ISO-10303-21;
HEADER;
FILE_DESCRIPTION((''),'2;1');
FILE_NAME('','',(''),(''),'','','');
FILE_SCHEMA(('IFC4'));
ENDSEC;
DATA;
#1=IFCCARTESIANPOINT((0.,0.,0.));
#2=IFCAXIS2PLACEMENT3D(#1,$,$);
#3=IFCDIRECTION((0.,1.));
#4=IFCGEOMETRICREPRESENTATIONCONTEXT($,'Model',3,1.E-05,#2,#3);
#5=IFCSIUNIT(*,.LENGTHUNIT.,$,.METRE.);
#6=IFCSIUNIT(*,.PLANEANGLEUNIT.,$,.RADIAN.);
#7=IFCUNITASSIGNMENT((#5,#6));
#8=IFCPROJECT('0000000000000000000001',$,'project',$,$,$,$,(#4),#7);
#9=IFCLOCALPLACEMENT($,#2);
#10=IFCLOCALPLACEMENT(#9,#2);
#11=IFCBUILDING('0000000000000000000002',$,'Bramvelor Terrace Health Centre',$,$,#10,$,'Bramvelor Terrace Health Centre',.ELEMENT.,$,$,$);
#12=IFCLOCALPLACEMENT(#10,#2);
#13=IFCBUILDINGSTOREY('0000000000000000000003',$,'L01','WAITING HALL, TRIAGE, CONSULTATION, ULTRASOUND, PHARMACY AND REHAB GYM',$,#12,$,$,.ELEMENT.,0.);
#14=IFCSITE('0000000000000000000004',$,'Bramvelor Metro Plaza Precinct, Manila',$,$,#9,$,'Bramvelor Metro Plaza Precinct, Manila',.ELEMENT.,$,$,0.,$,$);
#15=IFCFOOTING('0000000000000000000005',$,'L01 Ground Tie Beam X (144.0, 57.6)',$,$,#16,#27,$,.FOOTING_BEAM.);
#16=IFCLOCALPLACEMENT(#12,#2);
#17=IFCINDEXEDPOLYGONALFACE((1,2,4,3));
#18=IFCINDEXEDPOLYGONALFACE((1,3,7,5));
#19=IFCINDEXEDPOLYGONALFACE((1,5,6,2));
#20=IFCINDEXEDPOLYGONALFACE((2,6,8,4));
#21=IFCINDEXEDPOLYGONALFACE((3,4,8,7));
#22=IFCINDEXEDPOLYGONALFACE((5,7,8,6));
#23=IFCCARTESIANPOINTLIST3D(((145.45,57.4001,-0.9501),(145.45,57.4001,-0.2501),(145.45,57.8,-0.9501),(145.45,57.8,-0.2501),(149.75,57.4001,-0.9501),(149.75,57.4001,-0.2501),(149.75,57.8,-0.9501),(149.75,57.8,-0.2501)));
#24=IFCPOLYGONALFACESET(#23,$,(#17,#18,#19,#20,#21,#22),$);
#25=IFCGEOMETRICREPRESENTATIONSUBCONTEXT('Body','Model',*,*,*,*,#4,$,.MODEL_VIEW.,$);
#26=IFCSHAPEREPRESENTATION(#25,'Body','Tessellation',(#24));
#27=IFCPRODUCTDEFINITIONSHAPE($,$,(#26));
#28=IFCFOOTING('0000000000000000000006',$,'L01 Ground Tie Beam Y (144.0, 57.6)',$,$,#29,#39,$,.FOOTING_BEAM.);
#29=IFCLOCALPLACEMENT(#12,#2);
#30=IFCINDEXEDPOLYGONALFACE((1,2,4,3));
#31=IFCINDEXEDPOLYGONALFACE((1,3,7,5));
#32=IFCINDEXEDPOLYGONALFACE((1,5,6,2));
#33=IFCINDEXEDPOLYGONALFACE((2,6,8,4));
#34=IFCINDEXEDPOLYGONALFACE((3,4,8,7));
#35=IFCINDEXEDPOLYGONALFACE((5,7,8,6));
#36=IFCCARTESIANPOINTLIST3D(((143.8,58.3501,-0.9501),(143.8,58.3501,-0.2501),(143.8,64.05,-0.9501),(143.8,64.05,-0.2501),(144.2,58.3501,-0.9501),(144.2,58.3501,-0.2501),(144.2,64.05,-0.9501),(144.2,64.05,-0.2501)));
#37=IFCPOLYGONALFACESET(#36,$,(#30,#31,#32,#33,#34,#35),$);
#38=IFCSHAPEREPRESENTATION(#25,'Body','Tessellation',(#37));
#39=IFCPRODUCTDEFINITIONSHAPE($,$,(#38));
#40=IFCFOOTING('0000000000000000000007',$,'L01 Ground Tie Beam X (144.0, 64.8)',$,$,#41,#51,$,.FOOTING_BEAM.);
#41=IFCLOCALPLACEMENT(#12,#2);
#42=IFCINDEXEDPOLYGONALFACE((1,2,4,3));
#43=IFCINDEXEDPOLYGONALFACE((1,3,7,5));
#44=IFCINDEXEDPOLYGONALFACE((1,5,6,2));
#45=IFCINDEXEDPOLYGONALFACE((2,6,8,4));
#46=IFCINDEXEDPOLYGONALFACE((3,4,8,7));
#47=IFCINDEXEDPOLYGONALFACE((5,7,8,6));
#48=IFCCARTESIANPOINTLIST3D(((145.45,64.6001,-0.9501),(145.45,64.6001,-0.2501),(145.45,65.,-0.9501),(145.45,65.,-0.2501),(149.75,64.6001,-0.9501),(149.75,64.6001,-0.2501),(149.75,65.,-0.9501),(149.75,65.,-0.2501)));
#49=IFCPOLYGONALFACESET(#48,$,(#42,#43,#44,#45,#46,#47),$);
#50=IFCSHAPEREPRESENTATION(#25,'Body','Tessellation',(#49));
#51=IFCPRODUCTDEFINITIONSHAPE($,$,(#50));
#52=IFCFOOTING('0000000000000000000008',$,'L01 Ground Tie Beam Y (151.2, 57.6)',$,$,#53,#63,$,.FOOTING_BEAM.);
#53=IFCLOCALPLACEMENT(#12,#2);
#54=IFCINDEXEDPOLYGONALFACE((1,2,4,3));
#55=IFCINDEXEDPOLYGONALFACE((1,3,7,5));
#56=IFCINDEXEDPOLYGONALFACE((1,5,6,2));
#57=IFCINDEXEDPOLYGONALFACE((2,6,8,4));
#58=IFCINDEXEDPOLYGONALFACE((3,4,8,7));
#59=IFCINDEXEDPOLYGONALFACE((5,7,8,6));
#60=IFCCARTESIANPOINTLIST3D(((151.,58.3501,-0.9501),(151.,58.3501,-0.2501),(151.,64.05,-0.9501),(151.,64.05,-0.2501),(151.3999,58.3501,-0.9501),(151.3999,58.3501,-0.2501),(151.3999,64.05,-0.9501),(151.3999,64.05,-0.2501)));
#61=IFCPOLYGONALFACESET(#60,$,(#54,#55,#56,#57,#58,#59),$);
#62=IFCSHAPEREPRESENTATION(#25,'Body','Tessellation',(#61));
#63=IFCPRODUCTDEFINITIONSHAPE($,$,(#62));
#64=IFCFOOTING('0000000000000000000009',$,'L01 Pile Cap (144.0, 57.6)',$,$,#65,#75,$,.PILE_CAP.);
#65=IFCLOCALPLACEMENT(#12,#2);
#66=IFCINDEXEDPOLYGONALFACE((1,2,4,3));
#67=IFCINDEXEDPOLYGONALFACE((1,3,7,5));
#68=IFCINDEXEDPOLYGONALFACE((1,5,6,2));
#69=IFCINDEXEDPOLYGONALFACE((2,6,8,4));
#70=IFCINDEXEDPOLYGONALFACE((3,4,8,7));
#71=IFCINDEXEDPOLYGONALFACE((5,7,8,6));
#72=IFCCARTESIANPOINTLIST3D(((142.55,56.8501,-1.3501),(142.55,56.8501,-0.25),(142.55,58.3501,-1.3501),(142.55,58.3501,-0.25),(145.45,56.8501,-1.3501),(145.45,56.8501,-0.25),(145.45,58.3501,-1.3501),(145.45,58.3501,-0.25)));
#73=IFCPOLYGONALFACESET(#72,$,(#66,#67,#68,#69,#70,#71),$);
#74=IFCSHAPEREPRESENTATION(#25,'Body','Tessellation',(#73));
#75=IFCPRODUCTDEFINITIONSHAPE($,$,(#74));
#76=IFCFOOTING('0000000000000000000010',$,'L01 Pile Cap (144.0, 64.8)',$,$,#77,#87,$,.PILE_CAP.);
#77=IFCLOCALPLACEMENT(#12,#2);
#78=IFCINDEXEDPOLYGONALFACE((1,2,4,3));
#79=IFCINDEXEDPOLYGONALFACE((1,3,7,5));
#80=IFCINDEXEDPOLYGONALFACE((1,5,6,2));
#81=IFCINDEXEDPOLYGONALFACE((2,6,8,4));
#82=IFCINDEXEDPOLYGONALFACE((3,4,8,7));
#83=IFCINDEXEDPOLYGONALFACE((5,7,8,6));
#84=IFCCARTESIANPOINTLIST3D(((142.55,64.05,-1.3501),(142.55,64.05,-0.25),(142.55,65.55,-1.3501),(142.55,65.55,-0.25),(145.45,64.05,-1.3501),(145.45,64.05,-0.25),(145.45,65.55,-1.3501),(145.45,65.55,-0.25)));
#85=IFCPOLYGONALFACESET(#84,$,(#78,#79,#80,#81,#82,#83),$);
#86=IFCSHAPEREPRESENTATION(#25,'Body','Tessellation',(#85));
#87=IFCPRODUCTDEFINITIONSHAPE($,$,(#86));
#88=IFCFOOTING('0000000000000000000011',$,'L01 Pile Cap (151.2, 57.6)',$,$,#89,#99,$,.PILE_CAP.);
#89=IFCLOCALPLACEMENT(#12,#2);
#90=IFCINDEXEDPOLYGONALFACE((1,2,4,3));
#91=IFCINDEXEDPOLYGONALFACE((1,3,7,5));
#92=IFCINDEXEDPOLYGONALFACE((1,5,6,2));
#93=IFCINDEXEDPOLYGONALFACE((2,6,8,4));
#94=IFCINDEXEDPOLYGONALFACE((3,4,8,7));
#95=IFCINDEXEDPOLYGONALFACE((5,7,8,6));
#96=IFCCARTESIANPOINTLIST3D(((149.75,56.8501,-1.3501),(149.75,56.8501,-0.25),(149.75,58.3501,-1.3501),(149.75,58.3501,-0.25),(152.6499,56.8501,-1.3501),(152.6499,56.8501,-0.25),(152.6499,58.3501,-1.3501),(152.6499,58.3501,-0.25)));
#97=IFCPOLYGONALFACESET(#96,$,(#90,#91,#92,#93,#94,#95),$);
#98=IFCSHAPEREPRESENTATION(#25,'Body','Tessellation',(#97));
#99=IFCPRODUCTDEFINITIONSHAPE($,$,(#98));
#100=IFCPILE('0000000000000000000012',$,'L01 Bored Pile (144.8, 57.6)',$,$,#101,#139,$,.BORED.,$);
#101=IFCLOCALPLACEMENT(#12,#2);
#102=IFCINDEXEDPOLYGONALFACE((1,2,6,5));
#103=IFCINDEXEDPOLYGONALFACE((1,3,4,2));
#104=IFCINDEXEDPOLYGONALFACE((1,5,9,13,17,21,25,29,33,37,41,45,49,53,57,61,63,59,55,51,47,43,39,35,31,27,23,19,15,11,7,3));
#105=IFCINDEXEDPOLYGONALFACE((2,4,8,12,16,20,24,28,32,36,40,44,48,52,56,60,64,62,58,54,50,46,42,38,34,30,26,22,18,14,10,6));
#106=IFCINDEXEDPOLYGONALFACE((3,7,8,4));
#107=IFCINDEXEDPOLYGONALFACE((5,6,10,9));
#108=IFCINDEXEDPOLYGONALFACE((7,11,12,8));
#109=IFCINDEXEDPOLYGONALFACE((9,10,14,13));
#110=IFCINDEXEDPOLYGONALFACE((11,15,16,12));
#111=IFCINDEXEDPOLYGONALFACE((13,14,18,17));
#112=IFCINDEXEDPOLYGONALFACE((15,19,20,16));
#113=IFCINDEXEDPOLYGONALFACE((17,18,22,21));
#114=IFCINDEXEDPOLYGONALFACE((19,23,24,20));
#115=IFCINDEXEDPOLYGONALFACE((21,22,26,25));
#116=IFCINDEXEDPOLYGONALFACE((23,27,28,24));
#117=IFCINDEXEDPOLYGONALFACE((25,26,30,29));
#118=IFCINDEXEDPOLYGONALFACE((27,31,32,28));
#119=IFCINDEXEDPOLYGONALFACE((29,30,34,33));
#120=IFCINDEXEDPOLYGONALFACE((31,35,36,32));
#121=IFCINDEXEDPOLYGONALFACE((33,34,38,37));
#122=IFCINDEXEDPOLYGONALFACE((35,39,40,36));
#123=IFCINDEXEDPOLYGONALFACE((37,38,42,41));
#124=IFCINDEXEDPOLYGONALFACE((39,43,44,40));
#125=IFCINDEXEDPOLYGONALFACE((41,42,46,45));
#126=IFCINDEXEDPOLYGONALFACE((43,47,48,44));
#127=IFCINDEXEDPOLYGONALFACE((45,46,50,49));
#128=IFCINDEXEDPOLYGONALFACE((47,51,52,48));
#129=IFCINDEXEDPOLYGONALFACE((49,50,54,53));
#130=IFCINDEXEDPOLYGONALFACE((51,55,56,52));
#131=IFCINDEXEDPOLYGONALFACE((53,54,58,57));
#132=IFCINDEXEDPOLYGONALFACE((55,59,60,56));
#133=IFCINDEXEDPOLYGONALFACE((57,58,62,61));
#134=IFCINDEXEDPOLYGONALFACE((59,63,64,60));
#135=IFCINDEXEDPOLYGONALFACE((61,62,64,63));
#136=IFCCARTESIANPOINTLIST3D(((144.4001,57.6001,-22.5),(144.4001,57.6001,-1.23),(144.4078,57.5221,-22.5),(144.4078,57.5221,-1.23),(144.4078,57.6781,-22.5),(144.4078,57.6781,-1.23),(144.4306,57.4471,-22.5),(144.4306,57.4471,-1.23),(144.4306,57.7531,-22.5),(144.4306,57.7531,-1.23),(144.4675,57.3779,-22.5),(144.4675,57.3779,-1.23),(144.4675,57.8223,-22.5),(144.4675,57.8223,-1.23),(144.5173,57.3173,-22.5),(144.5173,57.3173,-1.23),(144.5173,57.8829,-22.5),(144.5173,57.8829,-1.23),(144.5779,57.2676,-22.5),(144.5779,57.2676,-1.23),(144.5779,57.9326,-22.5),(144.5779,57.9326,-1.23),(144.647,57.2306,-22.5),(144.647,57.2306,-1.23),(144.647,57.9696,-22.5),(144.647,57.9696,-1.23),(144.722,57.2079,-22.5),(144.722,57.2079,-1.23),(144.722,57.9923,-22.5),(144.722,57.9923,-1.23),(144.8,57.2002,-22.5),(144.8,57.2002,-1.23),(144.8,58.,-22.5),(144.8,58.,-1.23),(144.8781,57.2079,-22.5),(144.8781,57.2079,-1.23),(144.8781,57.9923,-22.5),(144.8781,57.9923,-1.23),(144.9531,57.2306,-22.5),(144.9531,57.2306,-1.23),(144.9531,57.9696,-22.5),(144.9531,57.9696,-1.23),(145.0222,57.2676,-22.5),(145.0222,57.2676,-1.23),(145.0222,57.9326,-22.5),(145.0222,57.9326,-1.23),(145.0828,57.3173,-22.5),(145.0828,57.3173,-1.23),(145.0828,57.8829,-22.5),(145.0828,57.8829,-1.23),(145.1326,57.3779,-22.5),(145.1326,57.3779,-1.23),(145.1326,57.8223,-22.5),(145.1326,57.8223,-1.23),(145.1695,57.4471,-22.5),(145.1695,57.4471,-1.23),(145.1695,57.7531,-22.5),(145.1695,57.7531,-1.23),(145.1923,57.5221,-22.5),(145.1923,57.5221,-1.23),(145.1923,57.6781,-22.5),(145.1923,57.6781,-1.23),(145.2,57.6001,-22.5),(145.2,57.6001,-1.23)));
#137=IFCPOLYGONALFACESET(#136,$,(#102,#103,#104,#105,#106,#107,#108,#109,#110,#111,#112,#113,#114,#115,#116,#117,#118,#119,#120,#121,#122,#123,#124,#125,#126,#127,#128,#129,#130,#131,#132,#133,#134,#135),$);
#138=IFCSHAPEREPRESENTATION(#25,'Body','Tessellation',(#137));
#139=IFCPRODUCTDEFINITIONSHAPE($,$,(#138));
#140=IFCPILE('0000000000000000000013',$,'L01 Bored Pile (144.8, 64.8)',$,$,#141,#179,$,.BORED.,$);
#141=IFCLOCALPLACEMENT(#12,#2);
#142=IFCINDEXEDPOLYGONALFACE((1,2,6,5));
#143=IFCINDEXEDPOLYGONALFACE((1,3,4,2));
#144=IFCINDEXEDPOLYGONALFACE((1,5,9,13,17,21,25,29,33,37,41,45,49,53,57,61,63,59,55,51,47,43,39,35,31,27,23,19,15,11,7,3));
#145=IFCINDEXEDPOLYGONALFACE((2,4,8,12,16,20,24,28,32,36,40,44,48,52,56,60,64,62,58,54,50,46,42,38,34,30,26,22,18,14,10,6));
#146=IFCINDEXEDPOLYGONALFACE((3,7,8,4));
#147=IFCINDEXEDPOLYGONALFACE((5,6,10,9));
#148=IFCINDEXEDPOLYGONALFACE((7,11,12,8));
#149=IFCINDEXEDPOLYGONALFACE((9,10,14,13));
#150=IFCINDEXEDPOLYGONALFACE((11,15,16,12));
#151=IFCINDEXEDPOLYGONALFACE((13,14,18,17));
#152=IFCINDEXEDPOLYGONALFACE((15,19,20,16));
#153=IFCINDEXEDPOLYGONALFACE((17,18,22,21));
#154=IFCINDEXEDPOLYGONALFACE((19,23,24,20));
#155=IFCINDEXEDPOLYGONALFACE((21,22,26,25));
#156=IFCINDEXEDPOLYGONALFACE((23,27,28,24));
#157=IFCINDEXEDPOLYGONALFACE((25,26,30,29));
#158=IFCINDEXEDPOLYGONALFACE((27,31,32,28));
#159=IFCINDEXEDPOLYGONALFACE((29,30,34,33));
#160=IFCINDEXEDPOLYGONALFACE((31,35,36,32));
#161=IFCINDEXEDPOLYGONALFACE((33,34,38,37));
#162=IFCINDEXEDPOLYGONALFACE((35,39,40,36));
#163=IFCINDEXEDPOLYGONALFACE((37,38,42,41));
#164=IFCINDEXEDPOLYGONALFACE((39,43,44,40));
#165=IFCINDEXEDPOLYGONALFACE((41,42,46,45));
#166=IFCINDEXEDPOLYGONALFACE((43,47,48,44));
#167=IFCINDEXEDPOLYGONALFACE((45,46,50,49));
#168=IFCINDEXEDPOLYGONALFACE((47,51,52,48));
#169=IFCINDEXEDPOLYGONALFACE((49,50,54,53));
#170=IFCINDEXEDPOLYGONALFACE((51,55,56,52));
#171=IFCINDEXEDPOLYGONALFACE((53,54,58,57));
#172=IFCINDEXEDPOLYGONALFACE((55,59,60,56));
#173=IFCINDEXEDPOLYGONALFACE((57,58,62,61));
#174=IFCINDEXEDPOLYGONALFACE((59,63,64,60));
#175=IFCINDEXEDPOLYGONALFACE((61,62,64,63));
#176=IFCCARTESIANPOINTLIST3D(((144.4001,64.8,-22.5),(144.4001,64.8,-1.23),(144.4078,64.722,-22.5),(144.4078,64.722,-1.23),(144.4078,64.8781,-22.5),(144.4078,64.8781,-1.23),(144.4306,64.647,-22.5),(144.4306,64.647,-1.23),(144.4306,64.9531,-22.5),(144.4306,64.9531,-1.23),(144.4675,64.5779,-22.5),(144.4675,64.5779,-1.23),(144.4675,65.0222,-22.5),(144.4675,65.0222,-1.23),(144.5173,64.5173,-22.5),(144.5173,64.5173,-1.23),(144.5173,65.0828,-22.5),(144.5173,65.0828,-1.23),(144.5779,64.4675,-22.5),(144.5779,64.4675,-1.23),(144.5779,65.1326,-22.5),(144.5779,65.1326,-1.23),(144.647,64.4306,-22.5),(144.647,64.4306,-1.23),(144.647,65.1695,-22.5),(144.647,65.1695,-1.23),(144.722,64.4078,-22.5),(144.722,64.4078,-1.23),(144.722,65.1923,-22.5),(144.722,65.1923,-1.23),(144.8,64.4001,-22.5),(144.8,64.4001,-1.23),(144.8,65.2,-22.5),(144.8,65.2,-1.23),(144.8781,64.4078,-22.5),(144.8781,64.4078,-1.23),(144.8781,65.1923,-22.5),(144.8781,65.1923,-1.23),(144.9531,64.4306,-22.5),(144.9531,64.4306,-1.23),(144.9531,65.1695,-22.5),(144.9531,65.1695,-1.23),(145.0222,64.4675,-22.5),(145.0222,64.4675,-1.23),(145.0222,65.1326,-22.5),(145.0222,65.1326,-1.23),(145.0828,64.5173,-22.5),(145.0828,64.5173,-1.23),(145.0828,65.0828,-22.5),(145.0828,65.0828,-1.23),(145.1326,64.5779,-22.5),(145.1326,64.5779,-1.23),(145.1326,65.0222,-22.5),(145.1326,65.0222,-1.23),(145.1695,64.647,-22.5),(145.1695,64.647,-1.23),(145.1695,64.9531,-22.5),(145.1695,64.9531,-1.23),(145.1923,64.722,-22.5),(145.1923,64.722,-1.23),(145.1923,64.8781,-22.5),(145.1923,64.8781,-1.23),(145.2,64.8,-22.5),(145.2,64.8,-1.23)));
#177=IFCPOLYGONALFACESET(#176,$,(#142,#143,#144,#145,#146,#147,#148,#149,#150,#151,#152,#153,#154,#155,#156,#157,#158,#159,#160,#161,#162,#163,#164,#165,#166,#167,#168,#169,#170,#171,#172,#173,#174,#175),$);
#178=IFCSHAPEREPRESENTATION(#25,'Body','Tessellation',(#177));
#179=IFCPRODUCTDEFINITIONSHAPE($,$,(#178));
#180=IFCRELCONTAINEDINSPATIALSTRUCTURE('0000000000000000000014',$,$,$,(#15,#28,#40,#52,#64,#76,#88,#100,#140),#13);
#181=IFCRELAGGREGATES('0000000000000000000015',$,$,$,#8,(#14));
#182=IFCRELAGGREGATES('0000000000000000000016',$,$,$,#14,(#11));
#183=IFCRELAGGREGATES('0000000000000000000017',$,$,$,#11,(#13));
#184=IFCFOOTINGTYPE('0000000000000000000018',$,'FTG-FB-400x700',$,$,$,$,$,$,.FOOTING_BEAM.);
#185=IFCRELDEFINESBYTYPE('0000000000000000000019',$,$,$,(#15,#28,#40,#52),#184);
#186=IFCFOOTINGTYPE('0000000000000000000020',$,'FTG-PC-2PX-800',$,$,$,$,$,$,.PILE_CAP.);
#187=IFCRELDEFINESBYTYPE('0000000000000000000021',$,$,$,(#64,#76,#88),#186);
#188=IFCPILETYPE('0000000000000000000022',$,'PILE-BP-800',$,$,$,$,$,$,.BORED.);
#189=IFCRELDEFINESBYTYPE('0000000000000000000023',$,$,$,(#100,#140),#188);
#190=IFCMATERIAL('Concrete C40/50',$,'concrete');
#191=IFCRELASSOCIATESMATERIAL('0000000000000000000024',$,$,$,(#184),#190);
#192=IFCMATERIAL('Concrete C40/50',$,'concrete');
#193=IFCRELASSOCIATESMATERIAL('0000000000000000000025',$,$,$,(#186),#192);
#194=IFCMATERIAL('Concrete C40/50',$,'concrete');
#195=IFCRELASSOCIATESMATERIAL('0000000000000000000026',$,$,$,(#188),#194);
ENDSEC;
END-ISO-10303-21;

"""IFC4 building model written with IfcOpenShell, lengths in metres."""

from ifc_helpers import new_model, si_unit, direction, frame, origin, origin_2d, place, context, subcontext, project, spatial, rectangle, circle, extrude, material, material_profile, profile_set, type_object, element, save


model = new_model("IFC4")

# Units and contexts
model_context = context("Model", 3, precision=1e-05, world=origin(), true_north=direction((0.0, 1.0)))
body_context = subcontext(model_context, "Body", "Model", "MODEL_VIEW")
ifc_project = project(units=[si_unit("LENGTHUNIT", "METRE"), si_unit("PLANEANGLEUNIT", "RADIAN")], contexts=[model_context])

# Site, building, storey
site_placement = place(None, origin())
site = spatial("IfcSite", under=ifc_project, at=site_placement, Name="Bramvelor Metro Plaza Precinct, Manila", LongName="Bramvelor Metro Plaza Precinct, Manila", CompositionType="ELEMENT", RefElevation=0.0)
building_placement = place(site_placement, origin())
building = spatial("IfcBuilding", under=site, at=building_placement, Name="Bramvelor Terrace Health Centre", LongName="Bramvelor Terrace Health Centre", CompositionType="ELEMENT")
storey_placement = place(building_placement, origin())
storey = spatial("IfcBuildingStorey", under=building, at=storey_placement, Name="L01", Description="WAITING HALL, TRIAGE, CONSULTATION, ULTRASOUND, PHARMACY AND REHAB GYM", CompositionType="ELEMENT", Elevation=0.0)

# Footings
ifc_material_1 = material(Name="Concrete C40/50", Category="concrete")
ifc_material_profile_1 = material_profile(ifc_material_1, rectangle(XDim=0.3999, YDim=0.7, at=origin_2d()), Name="RC 400x700")
ifc_profile_set_1 = profile_set([ifc_material_profile_1], Name="Concrete C40/50")
footing_type_1 = type_object("IfcFootingType", Name="FTG-FB-400x700", PredefinedType="FOOTING_BEAM", material=ifc_profile_set_1)
footing_1_placement = place(storey_placement, frame((145.45, 57.6001, -0.6001), z_axis=(1.0, 0.0, 0.0), x_axis=(0.0, 1.0, 0.0)))
element("IfcFooting", 1, at=footing_1_placement, inside=storey, type_object=footing_type_1, Name="L01 Ground Tie Beam X (144.0, 57.6)", PredefinedType="FOOTING_BEAM", context=body_context, shape_type="SweptSolid", body=[
    extrude(rectangle(XDim=0.3999, YDim=0.7, at=origin_2d()), origin(), (0.0, 0.0, 1.0), 4.3),
])
footing_2_placement = place(storey_placement, frame((144.0, 58.3501, -0.6001), z_axis=(0.0, 1.0, 0.0), x_axis=(-1.0, 0.0, 0.0)))
element("IfcFooting", 2, at=footing_2_placement, inside=storey, type_object=footing_type_1, Name="L01 Ground Tie Beam Y (144.0, 57.6)", PredefinedType="FOOTING_BEAM", context=body_context, shape_type="SweptSolid", body=[
    extrude(rectangle(XDim=0.3999, YDim=0.7, at=origin_2d()), origin(), (0.0, 0.0, 1.0), 5.7),
])
footing_3_placement = place(storey_placement, frame((145.45, 64.8, -0.6001), z_axis=(1.0, 0.0, 0.0), x_axis=(0.0, 1.0, 0.0)))
element("IfcFooting", 3, at=footing_3_placement, inside=storey, type_object=footing_type_1, Name="L01 Ground Tie Beam X (144.0, 64.8)", PredefinedType="FOOTING_BEAM", context=body_context, shape_type="SweptSolid", body=[
    extrude(rectangle(XDim=0.3999, YDim=0.7, at=origin_2d()), origin(), (0.0, 0.0, 1.0), 4.3),
])
footing_4_placement = place(storey_placement, frame((151.2, 58.3501, -0.6001), z_axis=(0.0, 1.0, 0.0), x_axis=(-1.0, 0.0, 0.0)))
element("IfcFooting", 4, at=footing_4_placement, inside=storey, type_object=footing_type_1, Name="L01 Ground Tie Beam Y (151.2, 57.6)", PredefinedType="FOOTING_BEAM", context=body_context, shape_type="SweptSolid", body=[
    extrude(rectangle(XDim=0.3999, YDim=0.7, at=origin_2d()), origin(), (0.0, 0.0, 1.0), 5.7),
])
ifc_material_2 = material(Name="Concrete C40/50", Category="concrete")
footing_type_2 = type_object("IfcFootingType", Name="FTG-PC-2PX-800", PredefinedType="PILE_CAP", material=ifc_material_2)
for number, where, z_axis, x_axis, name in (
    (5, (144.0, 57.6001, -1.3501), (0.0, 0.0, 1.0), (1.0, 0.0, 0.0), "L01 Pile Cap (144.0, 57.6)"),
    (6, (144.0, 64.8, -1.3501), (0.0, 0.0, 1.0), (1.0, 0.0, 0.0), "L01 Pile Cap (144.0, 64.8)"),
    (7, (151.2, 57.6001, -1.3501), (0.0, 0.0, 1.0), (1.0, 0.0, 0.0), "L01 Pile Cap (151.2, 57.6)"),
):
    element("IfcFooting", number, at=place(storey_placement, frame(where, z_axis=z_axis, x_axis=x_axis)), inside=storey, type_object=footing_type_2, Name=name, PredefinedType="PILE_CAP", context=body_context, shape_type="SweptSolid", body=[
        extrude(rectangle(XDim=2.8999, YDim=1.5, at=origin_2d()), origin(), (0.0, 0.0, 1.0), 1.1001),
    ])

# Piles
ifc_material_3 = material(Name="Concrete C40/50", Category="concrete")
ifc_material_profile_2 = material_profile(ifc_material_3, circle(Radius=0.3999, at=origin_2d()), Name="BP D800")
ifc_profile_set_2 = profile_set([ifc_material_profile_2], Name="Concrete C40/50")
pile_type = type_object("IfcPileType", Name="PILE-BP-800", PredefinedType="BORED", material=ifc_profile_set_2)
for number, where, z_axis, x_axis, name in (
    (8, (144.8, 57.6001, -1.23), (0.0, 0.0, -1.0), (1.0, 0.0, 0.0), "L01 Bored Pile (144.8, 57.6)"),
    (9, (144.8, 64.8, -1.23), (0.0, 0.0, -1.0), (1.0, 0.0, 0.0), "L01 Bored Pile (144.8, 64.8)"),
):
    element("IfcPile", number, at=place(storey_placement, frame(where, z_axis=z_axis, x_axis=x_axis)), inside=storey, type_object=pile_type, Name=name, PredefinedType="BORED", context=body_context, shape_type="SweptSolid", body=[
        extrude(circle(Radius=0.3999, at=origin_2d()), origin(), (0.0, 0.0, 1.0), 21.27),
    ])

save(model, "model.ifc")
